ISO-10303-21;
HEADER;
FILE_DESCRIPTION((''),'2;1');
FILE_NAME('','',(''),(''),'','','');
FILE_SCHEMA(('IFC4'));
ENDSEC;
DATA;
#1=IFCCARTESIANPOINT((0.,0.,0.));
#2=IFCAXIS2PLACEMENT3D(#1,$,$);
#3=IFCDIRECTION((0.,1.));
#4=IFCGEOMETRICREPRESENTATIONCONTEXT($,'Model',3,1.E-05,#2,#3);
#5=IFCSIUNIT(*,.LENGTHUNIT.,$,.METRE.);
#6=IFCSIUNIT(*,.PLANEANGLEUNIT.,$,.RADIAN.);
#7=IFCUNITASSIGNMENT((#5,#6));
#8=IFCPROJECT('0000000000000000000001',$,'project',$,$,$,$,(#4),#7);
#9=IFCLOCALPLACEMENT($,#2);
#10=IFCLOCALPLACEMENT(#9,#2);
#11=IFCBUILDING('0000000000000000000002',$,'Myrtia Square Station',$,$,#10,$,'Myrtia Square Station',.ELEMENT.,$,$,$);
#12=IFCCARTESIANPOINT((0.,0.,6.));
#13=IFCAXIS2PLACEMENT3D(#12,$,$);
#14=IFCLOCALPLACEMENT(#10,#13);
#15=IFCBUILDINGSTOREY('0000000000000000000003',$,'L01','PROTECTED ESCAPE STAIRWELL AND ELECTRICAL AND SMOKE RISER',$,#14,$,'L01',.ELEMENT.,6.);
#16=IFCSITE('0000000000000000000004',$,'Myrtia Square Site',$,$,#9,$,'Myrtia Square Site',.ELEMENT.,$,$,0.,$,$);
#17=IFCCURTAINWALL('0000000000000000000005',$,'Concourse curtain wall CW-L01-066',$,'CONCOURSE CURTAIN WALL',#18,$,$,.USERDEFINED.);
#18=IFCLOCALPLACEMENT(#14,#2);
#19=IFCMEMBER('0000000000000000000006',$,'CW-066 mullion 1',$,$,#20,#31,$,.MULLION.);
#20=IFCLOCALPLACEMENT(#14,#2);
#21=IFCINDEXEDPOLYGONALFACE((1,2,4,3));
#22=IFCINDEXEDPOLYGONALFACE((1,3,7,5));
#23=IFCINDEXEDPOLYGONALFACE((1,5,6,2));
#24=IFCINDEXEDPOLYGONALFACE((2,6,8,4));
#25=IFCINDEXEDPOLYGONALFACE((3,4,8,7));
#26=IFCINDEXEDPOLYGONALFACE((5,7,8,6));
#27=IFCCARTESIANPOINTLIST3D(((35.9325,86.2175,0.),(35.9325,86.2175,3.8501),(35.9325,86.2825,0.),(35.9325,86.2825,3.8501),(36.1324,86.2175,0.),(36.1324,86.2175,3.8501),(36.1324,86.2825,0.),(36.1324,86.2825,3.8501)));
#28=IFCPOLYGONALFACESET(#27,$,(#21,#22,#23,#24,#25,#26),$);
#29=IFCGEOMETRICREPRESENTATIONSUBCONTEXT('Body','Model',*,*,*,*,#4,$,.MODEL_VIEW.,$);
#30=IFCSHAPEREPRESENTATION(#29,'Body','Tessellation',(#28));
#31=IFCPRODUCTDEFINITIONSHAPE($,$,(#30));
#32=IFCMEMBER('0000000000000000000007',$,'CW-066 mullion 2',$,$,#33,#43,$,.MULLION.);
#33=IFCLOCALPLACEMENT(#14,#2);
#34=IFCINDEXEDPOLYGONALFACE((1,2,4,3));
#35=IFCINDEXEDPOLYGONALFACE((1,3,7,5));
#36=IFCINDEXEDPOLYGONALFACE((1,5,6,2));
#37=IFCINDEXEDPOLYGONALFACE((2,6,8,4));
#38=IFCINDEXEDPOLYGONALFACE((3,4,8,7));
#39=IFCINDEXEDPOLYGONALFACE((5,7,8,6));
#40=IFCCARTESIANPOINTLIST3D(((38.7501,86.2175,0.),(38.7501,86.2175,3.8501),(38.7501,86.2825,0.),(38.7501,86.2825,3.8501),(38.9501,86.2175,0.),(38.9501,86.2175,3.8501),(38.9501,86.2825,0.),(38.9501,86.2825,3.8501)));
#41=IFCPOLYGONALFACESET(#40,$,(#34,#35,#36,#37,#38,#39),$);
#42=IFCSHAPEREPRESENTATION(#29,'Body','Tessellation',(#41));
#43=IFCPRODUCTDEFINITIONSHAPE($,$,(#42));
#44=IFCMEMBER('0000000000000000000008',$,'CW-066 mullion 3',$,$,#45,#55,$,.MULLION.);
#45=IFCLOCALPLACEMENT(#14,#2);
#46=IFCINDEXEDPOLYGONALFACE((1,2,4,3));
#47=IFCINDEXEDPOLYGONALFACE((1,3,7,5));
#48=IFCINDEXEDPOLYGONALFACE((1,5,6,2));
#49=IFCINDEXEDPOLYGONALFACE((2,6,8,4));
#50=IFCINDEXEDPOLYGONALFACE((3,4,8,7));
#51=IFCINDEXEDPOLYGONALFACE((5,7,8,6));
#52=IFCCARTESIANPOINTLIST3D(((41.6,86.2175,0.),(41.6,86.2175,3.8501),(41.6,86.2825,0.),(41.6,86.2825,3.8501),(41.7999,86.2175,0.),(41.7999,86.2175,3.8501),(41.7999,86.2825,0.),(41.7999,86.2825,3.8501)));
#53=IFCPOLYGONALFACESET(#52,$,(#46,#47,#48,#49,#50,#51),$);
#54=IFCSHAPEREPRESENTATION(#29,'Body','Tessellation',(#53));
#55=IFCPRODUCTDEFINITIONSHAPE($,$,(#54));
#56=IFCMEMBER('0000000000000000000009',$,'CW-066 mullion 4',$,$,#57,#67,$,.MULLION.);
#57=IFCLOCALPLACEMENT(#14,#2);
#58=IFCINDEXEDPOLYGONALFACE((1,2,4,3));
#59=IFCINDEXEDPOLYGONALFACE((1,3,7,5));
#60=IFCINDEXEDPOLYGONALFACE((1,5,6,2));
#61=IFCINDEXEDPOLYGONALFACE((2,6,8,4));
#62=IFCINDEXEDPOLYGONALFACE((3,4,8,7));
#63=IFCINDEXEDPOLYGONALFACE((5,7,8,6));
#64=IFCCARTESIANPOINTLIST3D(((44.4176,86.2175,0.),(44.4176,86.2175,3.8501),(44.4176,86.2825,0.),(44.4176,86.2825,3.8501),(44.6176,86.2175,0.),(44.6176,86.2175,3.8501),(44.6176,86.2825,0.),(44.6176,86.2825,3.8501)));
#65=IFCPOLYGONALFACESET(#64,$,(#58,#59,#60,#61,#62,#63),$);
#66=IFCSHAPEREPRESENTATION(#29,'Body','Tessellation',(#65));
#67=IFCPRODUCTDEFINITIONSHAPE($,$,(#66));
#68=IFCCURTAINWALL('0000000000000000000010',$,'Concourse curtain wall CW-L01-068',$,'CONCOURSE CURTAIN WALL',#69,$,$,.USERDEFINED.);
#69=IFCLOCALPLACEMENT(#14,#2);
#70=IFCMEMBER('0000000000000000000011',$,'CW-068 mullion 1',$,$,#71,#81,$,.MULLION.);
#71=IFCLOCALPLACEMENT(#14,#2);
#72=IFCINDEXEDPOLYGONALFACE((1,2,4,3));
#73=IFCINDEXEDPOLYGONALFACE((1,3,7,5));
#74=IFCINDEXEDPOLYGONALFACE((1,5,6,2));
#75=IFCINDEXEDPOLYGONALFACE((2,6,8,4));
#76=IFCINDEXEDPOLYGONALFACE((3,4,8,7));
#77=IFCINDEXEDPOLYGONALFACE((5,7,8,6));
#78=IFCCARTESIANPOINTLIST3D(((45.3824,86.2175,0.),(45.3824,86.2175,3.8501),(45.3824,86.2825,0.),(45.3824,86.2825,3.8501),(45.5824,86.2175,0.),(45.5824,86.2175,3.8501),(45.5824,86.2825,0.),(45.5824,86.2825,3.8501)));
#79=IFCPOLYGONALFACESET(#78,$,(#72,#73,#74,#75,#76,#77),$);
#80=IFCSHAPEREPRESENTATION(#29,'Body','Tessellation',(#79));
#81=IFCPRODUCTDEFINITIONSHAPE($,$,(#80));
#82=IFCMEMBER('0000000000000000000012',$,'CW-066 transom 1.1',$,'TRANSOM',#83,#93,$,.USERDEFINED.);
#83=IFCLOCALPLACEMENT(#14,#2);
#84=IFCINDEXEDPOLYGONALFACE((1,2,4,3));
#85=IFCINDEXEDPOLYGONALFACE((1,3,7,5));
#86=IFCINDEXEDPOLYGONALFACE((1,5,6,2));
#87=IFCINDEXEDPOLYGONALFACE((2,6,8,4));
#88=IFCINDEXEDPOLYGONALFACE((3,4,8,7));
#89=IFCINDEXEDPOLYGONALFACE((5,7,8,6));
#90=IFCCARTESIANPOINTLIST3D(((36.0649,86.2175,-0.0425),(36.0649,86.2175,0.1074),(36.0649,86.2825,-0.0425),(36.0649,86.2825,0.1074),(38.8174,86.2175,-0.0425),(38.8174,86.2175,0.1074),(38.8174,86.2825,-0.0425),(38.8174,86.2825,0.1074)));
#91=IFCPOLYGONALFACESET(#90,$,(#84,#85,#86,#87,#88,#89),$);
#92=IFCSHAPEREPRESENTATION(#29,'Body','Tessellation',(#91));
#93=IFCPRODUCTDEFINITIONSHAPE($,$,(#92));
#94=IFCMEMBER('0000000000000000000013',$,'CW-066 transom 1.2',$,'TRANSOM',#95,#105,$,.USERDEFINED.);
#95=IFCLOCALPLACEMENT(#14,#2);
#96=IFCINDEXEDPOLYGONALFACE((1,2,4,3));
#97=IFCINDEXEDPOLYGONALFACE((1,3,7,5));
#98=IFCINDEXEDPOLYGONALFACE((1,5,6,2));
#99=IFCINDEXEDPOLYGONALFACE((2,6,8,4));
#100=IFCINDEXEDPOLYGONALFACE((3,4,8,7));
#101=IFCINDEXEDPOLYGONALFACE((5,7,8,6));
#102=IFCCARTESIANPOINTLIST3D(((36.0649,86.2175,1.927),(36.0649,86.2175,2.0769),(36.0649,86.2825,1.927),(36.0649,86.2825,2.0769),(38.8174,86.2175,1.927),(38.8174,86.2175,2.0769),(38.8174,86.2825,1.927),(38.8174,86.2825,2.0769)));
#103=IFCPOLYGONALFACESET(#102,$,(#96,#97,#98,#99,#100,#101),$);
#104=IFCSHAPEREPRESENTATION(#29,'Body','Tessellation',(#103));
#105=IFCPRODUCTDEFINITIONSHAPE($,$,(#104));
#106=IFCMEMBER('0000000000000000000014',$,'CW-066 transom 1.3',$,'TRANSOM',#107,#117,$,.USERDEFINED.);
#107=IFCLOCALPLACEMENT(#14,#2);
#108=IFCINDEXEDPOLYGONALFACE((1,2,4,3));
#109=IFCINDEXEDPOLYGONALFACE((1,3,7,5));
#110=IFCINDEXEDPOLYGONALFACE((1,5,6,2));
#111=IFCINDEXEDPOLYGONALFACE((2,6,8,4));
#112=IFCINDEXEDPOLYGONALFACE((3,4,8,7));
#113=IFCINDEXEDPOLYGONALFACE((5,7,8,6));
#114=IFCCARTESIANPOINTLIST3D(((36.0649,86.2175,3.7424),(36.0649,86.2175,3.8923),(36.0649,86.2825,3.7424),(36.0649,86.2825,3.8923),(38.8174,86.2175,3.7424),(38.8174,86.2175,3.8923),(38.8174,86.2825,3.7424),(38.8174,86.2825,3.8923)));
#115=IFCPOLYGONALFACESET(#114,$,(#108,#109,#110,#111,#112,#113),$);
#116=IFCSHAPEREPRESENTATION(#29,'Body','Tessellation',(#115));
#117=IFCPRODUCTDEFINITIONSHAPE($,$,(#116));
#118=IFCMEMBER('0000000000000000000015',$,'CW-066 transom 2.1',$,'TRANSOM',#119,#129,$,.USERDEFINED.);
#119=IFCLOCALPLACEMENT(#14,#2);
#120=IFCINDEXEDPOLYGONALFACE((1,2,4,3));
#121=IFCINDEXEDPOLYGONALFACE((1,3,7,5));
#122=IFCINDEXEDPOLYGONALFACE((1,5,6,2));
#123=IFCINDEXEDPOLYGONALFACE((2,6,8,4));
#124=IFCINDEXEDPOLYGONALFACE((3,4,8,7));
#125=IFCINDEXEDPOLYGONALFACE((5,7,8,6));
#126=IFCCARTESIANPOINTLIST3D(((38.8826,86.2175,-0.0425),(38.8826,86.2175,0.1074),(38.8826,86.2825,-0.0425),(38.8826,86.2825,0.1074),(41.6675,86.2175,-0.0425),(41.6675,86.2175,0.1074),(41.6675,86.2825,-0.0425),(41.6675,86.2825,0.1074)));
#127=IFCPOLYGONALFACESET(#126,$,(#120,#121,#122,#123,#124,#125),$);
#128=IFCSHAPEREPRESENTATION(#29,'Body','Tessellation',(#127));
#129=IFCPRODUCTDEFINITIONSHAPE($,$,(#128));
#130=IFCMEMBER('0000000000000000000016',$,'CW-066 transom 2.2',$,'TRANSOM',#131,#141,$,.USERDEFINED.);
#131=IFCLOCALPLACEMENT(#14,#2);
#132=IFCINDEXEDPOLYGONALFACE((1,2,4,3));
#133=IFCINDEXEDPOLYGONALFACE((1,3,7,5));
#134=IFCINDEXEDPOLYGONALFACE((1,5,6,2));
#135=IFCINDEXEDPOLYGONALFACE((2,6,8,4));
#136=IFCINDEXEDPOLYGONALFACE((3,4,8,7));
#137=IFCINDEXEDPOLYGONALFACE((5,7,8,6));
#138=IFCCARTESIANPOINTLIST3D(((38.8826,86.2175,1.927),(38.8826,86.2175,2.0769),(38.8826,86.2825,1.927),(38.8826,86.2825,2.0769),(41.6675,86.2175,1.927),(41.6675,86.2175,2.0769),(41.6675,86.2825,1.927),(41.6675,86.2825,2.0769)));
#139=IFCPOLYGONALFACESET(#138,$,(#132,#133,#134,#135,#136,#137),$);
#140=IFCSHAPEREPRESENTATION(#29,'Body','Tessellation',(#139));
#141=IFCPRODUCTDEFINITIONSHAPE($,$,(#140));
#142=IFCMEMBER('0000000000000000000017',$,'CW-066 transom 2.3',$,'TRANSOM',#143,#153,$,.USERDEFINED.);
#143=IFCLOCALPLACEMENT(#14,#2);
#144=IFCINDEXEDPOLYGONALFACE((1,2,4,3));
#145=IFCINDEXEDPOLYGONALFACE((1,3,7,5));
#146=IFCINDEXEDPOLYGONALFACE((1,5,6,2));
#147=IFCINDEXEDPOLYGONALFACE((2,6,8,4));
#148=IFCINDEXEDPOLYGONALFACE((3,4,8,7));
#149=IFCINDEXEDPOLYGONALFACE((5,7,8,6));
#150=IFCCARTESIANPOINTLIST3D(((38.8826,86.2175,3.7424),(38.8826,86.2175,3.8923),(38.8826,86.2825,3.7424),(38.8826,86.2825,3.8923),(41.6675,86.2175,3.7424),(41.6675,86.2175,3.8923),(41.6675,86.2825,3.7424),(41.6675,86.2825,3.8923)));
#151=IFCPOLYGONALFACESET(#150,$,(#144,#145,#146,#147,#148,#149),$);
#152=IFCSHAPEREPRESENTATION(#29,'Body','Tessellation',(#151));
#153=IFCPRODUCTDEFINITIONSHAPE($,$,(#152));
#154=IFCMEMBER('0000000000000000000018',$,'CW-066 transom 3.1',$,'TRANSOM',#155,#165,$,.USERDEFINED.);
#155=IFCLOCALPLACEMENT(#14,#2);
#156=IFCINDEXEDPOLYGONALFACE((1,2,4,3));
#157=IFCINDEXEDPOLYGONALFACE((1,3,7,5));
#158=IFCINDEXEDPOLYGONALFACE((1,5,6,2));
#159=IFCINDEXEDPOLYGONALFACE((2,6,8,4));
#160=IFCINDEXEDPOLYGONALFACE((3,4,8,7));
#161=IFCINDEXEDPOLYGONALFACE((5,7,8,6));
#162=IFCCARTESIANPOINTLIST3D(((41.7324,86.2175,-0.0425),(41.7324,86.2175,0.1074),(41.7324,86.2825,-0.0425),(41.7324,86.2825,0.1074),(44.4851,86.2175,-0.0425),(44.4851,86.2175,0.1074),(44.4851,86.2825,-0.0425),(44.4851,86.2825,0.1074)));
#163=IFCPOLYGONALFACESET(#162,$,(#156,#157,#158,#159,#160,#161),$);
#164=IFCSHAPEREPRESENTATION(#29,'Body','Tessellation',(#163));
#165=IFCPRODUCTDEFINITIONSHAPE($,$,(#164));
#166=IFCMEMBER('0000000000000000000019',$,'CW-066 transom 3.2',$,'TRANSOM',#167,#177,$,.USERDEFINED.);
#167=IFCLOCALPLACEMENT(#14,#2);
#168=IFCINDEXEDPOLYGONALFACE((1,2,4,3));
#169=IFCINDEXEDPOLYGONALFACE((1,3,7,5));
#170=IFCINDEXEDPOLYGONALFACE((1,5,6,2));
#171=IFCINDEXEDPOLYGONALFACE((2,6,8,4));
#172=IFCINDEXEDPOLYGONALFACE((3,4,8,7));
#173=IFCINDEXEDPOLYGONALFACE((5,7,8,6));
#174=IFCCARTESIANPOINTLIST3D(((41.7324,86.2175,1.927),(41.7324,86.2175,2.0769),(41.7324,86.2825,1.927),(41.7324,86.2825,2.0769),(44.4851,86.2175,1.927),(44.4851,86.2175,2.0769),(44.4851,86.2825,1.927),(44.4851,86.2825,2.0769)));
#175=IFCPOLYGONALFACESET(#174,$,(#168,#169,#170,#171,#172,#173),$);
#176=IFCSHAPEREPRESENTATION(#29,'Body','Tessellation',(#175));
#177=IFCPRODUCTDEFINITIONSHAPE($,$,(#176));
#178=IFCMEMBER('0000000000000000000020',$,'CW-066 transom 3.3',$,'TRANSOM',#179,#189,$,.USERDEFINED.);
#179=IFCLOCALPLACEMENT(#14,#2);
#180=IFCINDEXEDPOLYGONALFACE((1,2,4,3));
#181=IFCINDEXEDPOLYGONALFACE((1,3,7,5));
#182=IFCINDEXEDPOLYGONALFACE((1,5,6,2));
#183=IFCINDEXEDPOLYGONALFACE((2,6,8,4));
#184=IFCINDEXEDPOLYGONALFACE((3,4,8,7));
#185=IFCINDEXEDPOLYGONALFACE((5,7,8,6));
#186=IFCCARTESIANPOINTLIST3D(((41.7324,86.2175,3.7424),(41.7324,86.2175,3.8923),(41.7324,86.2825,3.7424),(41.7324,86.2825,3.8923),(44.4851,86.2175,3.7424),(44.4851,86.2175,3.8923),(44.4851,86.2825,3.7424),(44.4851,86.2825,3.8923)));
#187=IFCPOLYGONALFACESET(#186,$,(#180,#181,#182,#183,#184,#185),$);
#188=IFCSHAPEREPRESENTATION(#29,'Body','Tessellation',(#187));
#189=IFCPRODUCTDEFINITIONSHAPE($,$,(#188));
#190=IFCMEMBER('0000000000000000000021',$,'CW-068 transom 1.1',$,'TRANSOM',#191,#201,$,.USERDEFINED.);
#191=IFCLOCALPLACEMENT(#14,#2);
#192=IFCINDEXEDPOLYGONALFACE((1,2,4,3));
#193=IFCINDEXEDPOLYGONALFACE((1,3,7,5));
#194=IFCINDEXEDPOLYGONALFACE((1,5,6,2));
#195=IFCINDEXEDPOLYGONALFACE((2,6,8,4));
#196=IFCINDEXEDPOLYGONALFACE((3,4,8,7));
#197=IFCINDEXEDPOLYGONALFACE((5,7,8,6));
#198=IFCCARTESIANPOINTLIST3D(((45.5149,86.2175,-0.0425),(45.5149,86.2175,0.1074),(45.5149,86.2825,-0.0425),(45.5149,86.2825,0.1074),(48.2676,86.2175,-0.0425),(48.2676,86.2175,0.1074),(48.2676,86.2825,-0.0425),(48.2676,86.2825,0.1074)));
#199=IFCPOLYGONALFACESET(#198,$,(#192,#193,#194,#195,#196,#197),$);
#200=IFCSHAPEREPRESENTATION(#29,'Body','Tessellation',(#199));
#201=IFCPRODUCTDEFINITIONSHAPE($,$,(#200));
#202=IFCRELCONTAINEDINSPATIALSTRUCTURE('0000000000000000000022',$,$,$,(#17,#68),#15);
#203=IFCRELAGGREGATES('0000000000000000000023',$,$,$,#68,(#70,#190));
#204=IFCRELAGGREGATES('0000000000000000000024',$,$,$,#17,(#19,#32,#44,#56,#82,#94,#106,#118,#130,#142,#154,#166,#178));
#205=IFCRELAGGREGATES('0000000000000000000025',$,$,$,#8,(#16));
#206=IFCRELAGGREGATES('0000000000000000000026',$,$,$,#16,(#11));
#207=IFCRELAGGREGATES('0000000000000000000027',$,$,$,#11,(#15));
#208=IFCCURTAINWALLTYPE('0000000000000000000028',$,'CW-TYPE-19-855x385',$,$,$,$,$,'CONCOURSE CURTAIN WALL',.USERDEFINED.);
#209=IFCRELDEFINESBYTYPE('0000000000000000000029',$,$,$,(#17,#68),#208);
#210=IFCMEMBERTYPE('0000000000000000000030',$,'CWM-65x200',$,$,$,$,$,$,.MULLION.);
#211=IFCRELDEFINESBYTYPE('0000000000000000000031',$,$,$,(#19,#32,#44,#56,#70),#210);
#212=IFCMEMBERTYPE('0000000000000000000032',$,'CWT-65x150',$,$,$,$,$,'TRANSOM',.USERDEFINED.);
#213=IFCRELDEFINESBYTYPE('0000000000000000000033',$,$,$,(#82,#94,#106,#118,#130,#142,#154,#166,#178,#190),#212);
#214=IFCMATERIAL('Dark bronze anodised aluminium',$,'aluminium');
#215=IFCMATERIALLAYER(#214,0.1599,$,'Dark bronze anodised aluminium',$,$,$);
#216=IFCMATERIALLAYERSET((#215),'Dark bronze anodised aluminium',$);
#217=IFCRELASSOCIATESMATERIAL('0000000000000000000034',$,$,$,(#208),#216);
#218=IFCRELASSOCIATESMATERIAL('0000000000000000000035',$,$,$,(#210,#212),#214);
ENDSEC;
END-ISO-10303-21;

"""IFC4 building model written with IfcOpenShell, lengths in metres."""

from ifc_helpers import new_model, si_unit, direction, frame, origin, origin_2d, place, context, subcontext, project, spatial, rectangle, extrude, material, layer, layer_set, material_profile, profile_set, type_object, element, aggregate, save


model = new_model("IFC4")

# Units and contexts
model_context = context("Model", 3, precision=1e-05, world=origin(), true_north=direction((0.0, 1.0)))
body_context = subcontext(model_context, "Body", "Model", "MODEL_VIEW")
ifc_project = project(units=[si_unit("LENGTHUNIT", "METRE"), si_unit("PLANEANGLEUNIT", "RADIAN")], contexts=[model_context])

# Site, building, storey
site_placement = place(None, origin())
site = spatial("IfcSite", under=ifc_project, at=site_placement, Name="Myrtia Square Site", LongName="Myrtia Square Site", CompositionType="ELEMENT", RefElevation=0.0)
building_placement = place(site_placement, origin())
building = spatial("IfcBuilding", under=site, at=building_placement, Name="Myrtia Square Station", LongName="Myrtia Square Station", CompositionType="ELEMENT")
storey_placement = place(building_placement, frame((0.0, 0.0, 6.0)))
storey = spatial("IfcBuildingStorey", under=building, at=storey_placement, Name="L01", Description="PROTECTED ESCAPE STAIRWELL AND ELECTRICAL AND SMOKE RISER", LongName="L01", CompositionType="ELEMENT", Elevation=6.0)

# Curtain wall, members
ifc_material_1 = material(Name="Dark bronze anodised aluminium", Category="aluminium")
ifc_layer_1 = layer(ifc_material_1, 0.1599, Name="Dark bronze anodised aluminium")
ifc_layer_set_1 = layer_set([ifc_layer_1], Name="Dark bronze anodised aluminium")
curtain_wall_type = type_object("IfcCurtainWallType", Name="CW-TYPE-19-855x385", ElementType="CONCOURSE CURTAIN WALL", PredefinedType="USERDEFINED", material=ifc_layer_set_1)
curtain_wall_1_placement = place(storey_placement, origin())
curtain_wall_1 = element("IfcCurtainWall", 1, at=curtain_wall_1_placement, inside=storey, type_object=curtain_wall_type, Name="Concourse curtain wall CW-L01-066", ObjectType="CONCOURSE CURTAIN WALL", PredefinedType="USERDEFINED")
ifc_material_profile_1 = material_profile(ifc_material_1, rectangle(XDim=0.0649, YDim=0.2, at=origin_2d()), Name="ALU-M 65x200")
ifc_profile_set_1 = profile_set([ifc_material_profile_1], Name="Dark bronze anodised aluminium")
member_type_1 = type_object("IfcMemberType", Name="CWM-65x200", PredefinedType="MULLION", material=ifc_profile_set_1)
member_1_placement = place(storey_placement, frame((36.0325, 86.25, 0.0), z_axis=(0.0, 0.0, 1.0), x_axis=(0.0, 1.0, 0.0)))
member_1 = element("IfcMember", 2, at=member_1_placement, type_object=member_type_1, Name="CW-066 mullion 1", PredefinedType="MULLION", context=body_context, shape_type="SweptSolid", body=[
    extrude(rectangle(XDim=0.0649, YDim=0.2, at=origin_2d()), origin(), (0.0, 0.0, 1.0), 3.8501),
])
member_2_placement = place(storey_placement, frame((38.8501, 86.25, 0.0), z_axis=(0.0, 0.0, 1.0), x_axis=(0.0, 1.0, 0.0)))
member_2 = element("IfcMember", 3, at=member_2_placement, type_object=member_type_1, Name="CW-066 mullion 2", PredefinedType="MULLION", context=body_context, shape_type="SweptSolid", body=[
    extrude(rectangle(XDim=0.0649, YDim=0.2, at=origin_2d()), origin(), (0.0, 0.0, 1.0), 3.8501),
])
member_3_placement = place(storey_placement, frame((41.7, 86.25, 0.0), z_axis=(0.0, 0.0, 1.0), x_axis=(0.0, 1.0, 0.0)))
member_3 = element("IfcMember", 4, at=member_3_placement, type_object=member_type_1, Name="CW-066 mullion 3", PredefinedType="MULLION", context=body_context, shape_type="SweptSolid", body=[
    extrude(rectangle(XDim=0.0649, YDim=0.2, at=origin_2d()), origin(), (0.0, 0.0, 1.0), 3.8501),
])
member_4_placement = place(storey_placement, frame((44.5176, 86.25, 0.0), z_axis=(0.0, 0.0, 1.0), x_axis=(0.0, 1.0, 0.0)))
member_4 = element("IfcMember", 5, at=member_4_placement, type_object=member_type_1, Name="CW-066 mullion 4", PredefinedType="MULLION", context=body_context, shape_type="SweptSolid", body=[
    extrude(rectangle(XDim=0.0649, YDim=0.2, at=origin_2d()), origin(), (0.0, 0.0, 1.0), 3.8501),
])

# Curtain wall, member
curtain_wall_2_placement = place(storey_placement, origin())
curtain_wall_2 = element("IfcCurtainWall", 6, at=curtain_wall_2_placement, inside=storey, type_object=curtain_wall_type, Name="Concourse curtain wall CW-L01-068", ObjectType="CONCOURSE CURTAIN WALL", PredefinedType="USERDEFINED")
member_5_placement = place(storey_placement, frame((45.4824, 86.25, 0.0), z_axis=(0.0, 0.0, 1.0), x_axis=(0.0, 1.0, 0.0)))
member_5 = element("IfcMember", 7, at=member_5_placement, type_object=member_type_1, Name="CW-068 mullion 1", PredefinedType="MULLION", context=body_context, shape_type="SweptSolid", body=[
    extrude(rectangle(XDim=0.0649, YDim=0.2, at=origin_2d()), origin(), (0.0, 0.0, 1.0), 3.8501),
])

# Members
ifc_material_profile_2 = material_profile(ifc_material_1, rectangle(XDim=0.0649, YDim=0.1499, at=origin_2d()), Name="ALU-T 65x150")
ifc_profile_set_2 = profile_set([ifc_material_profile_2], Name="Dark bronze anodised aluminium")
member_type_2 = type_object("IfcMemberType", Name="CWT-65x150", ElementType="TRANSOM", PredefinedType="USERDEFINED", material=ifc_profile_set_2)
member_6_placement = place(storey_placement, frame((36.0649, 86.25, 0.0325), z_axis=(1.0, 0.0, 0.0), x_axis=(0.0, 1.0, 0.0)))
member_6 = element("IfcMember", 8, at=member_6_placement, type_object=member_type_2, Name="CW-066 transom 1.1", ObjectType="TRANSOM", PredefinedType="USERDEFINED", context=body_context, shape_type="SweptSolid", body=[
    extrude(rectangle(XDim=0.0649, YDim=0.1499, at=origin_2d()), origin(), (0.0, 0.0, 1.0), 2.7524),
])
member_7_placement = place(storey_placement, frame((36.0649, 86.25, 2.002), z_axis=(1.0, 0.0, 0.0), x_axis=(0.0, 1.0, 0.0)))
member_7 = element("IfcMember", 9, at=member_7_placement, type_object=member_type_2, Name="CW-066 transom 1.2", ObjectType="TRANSOM", PredefinedType="USERDEFINED", context=body_context, shape_type="SweptSolid", body=[
    extrude(rectangle(XDim=0.0649, YDim=0.1499, at=origin_2d()), origin(), (0.0, 0.0, 1.0), 2.7524),
])
member_8_placement = place(storey_placement, frame((36.0649, 86.25, 3.8174), z_axis=(1.0, 0.0, 0.0), x_axis=(0.0, 1.0, 0.0)))
member_8 = element("IfcMember", 10, at=member_8_placement, type_object=member_type_2, Name="CW-066 transom 1.3", ObjectType="TRANSOM", PredefinedType="USERDEFINED", context=body_context, shape_type="SweptSolid", body=[
    extrude(rectangle(XDim=0.0649, YDim=0.1499, at=origin_2d()), origin(), (0.0, 0.0, 1.0), 2.7524),
])
member_9_placement = place(storey_placement, frame((38.8826, 86.25, 0.0325), z_axis=(1.0, 0.0, 0.0), x_axis=(0.0, 1.0, 0.0)))
member_9 = element("IfcMember", 11, at=member_9_placement, type_object=member_type_2, Name="CW-066 transom 2.1", ObjectType="TRANSOM", PredefinedType="USERDEFINED", context=body_context, shape_type="SweptSolid", body=[
    extrude(rectangle(XDim=0.0649, YDim=0.1499, at=origin_2d()), origin(), (0.0, 0.0, 1.0), 2.7849),
])
member_10_placement = place(storey_placement, frame((38.8826, 86.25, 2.002), z_axis=(1.0, 0.0, 0.0), x_axis=(0.0, 1.0, 0.0)))
member_10 = element("IfcMember", 12, at=member_10_placement, type_object=member_type_2, Name="CW-066 transom 2.2", ObjectType="TRANSOM", PredefinedType="USERDEFINED", context=body_context, shape_type="SweptSolid", body=[
    extrude(rectangle(XDim=0.0649, YDim=0.1499, at=origin_2d()), origin(), (0.0, 0.0, 1.0), 2.7849),
])
member_11_placement = place(storey_placement, frame((38.8826, 86.25, 3.8174), z_axis=(1.0, 0.0, 0.0), x_axis=(0.0, 1.0, 0.0)))
member_11 = element("IfcMember", 13, at=member_11_placement, type_object=member_type_2, Name="CW-066 transom 2.3", ObjectType="TRANSOM", PredefinedType="USERDEFINED", context=body_context, shape_type="SweptSolid", body=[
    extrude(rectangle(XDim=0.0649, YDim=0.1499, at=origin_2d()), origin(), (0.0, 0.0, 1.0), 2.7849),
])
member_12_placement = place(storey_placement, frame((41.7324, 86.25, 0.0325), z_axis=(1.0, 0.0, 0.0), x_axis=(0.0, 1.0, 0.0)))
member_12 = element("IfcMember", 14, at=member_12_placement, type_object=member_type_2, Name="CW-066 transom 3.1", ObjectType="TRANSOM", PredefinedType="USERDEFINED", context=body_context, shape_type="SweptSolid", body=[
    extrude(rectangle(XDim=0.0649, YDim=0.1499, at=origin_2d()), origin(), (0.0, 0.0, 1.0), 2.7527),
])
member_13_placement = place(storey_placement, frame((41.7324, 86.25, 2.002), z_axis=(1.0, 0.0, 0.0), x_axis=(0.0, 1.0, 0.0)))
member_13 = element("IfcMember", 15, at=member_13_placement, type_object=member_type_2, Name="CW-066 transom 3.2", ObjectType="TRANSOM", PredefinedType="USERDEFINED", context=body_context, shape_type="SweptSolid", body=[
    extrude(rectangle(XDim=0.0649, YDim=0.1499, at=origin_2d()), origin(), (0.0, 0.0, 1.0), 2.7527),
])
member_14_placement = place(storey_placement, frame((41.7324, 86.25, 3.8174), z_axis=(1.0, 0.0, 0.0), x_axis=(0.0, 1.0, 0.0)))
member_14 = element("IfcMember", 16, at=member_14_placement, type_object=member_type_2, Name="CW-066 transom 3.3", ObjectType="TRANSOM", PredefinedType="USERDEFINED", context=body_context, shape_type="SweptSolid", body=[
    extrude(rectangle(XDim=0.0649, YDim=0.1499, at=origin_2d()), origin(), (0.0, 0.0, 1.0), 2.7527),
])
member_15_placement = place(storey_placement, frame((45.5149, 86.25, 0.0325), z_axis=(1.0, 0.0, 0.0), x_axis=(0.0, 1.0, 0.0)))
member_15 = element("IfcMember", 17, at=member_15_placement, type_object=member_type_2, Name="CW-068 transom 1.1", ObjectType="TRANSOM", PredefinedType="USERDEFINED", context=body_context, shape_type="SweptSolid", body=[
    extrude(rectangle(XDim=0.0649, YDim=0.1499, at=origin_2d()), origin(), (0.0, 0.0, 1.0), 2.7527),
])
aggregate(curtain_wall_2, [member_5, member_15])

aggregate(curtain_wall_1, [member_1, member_2, member_3, member_4, member_6, member_7, member_8, member_9, member_10, member_11, member_12, member_13, member_14])

save(model, "model.ifc")
